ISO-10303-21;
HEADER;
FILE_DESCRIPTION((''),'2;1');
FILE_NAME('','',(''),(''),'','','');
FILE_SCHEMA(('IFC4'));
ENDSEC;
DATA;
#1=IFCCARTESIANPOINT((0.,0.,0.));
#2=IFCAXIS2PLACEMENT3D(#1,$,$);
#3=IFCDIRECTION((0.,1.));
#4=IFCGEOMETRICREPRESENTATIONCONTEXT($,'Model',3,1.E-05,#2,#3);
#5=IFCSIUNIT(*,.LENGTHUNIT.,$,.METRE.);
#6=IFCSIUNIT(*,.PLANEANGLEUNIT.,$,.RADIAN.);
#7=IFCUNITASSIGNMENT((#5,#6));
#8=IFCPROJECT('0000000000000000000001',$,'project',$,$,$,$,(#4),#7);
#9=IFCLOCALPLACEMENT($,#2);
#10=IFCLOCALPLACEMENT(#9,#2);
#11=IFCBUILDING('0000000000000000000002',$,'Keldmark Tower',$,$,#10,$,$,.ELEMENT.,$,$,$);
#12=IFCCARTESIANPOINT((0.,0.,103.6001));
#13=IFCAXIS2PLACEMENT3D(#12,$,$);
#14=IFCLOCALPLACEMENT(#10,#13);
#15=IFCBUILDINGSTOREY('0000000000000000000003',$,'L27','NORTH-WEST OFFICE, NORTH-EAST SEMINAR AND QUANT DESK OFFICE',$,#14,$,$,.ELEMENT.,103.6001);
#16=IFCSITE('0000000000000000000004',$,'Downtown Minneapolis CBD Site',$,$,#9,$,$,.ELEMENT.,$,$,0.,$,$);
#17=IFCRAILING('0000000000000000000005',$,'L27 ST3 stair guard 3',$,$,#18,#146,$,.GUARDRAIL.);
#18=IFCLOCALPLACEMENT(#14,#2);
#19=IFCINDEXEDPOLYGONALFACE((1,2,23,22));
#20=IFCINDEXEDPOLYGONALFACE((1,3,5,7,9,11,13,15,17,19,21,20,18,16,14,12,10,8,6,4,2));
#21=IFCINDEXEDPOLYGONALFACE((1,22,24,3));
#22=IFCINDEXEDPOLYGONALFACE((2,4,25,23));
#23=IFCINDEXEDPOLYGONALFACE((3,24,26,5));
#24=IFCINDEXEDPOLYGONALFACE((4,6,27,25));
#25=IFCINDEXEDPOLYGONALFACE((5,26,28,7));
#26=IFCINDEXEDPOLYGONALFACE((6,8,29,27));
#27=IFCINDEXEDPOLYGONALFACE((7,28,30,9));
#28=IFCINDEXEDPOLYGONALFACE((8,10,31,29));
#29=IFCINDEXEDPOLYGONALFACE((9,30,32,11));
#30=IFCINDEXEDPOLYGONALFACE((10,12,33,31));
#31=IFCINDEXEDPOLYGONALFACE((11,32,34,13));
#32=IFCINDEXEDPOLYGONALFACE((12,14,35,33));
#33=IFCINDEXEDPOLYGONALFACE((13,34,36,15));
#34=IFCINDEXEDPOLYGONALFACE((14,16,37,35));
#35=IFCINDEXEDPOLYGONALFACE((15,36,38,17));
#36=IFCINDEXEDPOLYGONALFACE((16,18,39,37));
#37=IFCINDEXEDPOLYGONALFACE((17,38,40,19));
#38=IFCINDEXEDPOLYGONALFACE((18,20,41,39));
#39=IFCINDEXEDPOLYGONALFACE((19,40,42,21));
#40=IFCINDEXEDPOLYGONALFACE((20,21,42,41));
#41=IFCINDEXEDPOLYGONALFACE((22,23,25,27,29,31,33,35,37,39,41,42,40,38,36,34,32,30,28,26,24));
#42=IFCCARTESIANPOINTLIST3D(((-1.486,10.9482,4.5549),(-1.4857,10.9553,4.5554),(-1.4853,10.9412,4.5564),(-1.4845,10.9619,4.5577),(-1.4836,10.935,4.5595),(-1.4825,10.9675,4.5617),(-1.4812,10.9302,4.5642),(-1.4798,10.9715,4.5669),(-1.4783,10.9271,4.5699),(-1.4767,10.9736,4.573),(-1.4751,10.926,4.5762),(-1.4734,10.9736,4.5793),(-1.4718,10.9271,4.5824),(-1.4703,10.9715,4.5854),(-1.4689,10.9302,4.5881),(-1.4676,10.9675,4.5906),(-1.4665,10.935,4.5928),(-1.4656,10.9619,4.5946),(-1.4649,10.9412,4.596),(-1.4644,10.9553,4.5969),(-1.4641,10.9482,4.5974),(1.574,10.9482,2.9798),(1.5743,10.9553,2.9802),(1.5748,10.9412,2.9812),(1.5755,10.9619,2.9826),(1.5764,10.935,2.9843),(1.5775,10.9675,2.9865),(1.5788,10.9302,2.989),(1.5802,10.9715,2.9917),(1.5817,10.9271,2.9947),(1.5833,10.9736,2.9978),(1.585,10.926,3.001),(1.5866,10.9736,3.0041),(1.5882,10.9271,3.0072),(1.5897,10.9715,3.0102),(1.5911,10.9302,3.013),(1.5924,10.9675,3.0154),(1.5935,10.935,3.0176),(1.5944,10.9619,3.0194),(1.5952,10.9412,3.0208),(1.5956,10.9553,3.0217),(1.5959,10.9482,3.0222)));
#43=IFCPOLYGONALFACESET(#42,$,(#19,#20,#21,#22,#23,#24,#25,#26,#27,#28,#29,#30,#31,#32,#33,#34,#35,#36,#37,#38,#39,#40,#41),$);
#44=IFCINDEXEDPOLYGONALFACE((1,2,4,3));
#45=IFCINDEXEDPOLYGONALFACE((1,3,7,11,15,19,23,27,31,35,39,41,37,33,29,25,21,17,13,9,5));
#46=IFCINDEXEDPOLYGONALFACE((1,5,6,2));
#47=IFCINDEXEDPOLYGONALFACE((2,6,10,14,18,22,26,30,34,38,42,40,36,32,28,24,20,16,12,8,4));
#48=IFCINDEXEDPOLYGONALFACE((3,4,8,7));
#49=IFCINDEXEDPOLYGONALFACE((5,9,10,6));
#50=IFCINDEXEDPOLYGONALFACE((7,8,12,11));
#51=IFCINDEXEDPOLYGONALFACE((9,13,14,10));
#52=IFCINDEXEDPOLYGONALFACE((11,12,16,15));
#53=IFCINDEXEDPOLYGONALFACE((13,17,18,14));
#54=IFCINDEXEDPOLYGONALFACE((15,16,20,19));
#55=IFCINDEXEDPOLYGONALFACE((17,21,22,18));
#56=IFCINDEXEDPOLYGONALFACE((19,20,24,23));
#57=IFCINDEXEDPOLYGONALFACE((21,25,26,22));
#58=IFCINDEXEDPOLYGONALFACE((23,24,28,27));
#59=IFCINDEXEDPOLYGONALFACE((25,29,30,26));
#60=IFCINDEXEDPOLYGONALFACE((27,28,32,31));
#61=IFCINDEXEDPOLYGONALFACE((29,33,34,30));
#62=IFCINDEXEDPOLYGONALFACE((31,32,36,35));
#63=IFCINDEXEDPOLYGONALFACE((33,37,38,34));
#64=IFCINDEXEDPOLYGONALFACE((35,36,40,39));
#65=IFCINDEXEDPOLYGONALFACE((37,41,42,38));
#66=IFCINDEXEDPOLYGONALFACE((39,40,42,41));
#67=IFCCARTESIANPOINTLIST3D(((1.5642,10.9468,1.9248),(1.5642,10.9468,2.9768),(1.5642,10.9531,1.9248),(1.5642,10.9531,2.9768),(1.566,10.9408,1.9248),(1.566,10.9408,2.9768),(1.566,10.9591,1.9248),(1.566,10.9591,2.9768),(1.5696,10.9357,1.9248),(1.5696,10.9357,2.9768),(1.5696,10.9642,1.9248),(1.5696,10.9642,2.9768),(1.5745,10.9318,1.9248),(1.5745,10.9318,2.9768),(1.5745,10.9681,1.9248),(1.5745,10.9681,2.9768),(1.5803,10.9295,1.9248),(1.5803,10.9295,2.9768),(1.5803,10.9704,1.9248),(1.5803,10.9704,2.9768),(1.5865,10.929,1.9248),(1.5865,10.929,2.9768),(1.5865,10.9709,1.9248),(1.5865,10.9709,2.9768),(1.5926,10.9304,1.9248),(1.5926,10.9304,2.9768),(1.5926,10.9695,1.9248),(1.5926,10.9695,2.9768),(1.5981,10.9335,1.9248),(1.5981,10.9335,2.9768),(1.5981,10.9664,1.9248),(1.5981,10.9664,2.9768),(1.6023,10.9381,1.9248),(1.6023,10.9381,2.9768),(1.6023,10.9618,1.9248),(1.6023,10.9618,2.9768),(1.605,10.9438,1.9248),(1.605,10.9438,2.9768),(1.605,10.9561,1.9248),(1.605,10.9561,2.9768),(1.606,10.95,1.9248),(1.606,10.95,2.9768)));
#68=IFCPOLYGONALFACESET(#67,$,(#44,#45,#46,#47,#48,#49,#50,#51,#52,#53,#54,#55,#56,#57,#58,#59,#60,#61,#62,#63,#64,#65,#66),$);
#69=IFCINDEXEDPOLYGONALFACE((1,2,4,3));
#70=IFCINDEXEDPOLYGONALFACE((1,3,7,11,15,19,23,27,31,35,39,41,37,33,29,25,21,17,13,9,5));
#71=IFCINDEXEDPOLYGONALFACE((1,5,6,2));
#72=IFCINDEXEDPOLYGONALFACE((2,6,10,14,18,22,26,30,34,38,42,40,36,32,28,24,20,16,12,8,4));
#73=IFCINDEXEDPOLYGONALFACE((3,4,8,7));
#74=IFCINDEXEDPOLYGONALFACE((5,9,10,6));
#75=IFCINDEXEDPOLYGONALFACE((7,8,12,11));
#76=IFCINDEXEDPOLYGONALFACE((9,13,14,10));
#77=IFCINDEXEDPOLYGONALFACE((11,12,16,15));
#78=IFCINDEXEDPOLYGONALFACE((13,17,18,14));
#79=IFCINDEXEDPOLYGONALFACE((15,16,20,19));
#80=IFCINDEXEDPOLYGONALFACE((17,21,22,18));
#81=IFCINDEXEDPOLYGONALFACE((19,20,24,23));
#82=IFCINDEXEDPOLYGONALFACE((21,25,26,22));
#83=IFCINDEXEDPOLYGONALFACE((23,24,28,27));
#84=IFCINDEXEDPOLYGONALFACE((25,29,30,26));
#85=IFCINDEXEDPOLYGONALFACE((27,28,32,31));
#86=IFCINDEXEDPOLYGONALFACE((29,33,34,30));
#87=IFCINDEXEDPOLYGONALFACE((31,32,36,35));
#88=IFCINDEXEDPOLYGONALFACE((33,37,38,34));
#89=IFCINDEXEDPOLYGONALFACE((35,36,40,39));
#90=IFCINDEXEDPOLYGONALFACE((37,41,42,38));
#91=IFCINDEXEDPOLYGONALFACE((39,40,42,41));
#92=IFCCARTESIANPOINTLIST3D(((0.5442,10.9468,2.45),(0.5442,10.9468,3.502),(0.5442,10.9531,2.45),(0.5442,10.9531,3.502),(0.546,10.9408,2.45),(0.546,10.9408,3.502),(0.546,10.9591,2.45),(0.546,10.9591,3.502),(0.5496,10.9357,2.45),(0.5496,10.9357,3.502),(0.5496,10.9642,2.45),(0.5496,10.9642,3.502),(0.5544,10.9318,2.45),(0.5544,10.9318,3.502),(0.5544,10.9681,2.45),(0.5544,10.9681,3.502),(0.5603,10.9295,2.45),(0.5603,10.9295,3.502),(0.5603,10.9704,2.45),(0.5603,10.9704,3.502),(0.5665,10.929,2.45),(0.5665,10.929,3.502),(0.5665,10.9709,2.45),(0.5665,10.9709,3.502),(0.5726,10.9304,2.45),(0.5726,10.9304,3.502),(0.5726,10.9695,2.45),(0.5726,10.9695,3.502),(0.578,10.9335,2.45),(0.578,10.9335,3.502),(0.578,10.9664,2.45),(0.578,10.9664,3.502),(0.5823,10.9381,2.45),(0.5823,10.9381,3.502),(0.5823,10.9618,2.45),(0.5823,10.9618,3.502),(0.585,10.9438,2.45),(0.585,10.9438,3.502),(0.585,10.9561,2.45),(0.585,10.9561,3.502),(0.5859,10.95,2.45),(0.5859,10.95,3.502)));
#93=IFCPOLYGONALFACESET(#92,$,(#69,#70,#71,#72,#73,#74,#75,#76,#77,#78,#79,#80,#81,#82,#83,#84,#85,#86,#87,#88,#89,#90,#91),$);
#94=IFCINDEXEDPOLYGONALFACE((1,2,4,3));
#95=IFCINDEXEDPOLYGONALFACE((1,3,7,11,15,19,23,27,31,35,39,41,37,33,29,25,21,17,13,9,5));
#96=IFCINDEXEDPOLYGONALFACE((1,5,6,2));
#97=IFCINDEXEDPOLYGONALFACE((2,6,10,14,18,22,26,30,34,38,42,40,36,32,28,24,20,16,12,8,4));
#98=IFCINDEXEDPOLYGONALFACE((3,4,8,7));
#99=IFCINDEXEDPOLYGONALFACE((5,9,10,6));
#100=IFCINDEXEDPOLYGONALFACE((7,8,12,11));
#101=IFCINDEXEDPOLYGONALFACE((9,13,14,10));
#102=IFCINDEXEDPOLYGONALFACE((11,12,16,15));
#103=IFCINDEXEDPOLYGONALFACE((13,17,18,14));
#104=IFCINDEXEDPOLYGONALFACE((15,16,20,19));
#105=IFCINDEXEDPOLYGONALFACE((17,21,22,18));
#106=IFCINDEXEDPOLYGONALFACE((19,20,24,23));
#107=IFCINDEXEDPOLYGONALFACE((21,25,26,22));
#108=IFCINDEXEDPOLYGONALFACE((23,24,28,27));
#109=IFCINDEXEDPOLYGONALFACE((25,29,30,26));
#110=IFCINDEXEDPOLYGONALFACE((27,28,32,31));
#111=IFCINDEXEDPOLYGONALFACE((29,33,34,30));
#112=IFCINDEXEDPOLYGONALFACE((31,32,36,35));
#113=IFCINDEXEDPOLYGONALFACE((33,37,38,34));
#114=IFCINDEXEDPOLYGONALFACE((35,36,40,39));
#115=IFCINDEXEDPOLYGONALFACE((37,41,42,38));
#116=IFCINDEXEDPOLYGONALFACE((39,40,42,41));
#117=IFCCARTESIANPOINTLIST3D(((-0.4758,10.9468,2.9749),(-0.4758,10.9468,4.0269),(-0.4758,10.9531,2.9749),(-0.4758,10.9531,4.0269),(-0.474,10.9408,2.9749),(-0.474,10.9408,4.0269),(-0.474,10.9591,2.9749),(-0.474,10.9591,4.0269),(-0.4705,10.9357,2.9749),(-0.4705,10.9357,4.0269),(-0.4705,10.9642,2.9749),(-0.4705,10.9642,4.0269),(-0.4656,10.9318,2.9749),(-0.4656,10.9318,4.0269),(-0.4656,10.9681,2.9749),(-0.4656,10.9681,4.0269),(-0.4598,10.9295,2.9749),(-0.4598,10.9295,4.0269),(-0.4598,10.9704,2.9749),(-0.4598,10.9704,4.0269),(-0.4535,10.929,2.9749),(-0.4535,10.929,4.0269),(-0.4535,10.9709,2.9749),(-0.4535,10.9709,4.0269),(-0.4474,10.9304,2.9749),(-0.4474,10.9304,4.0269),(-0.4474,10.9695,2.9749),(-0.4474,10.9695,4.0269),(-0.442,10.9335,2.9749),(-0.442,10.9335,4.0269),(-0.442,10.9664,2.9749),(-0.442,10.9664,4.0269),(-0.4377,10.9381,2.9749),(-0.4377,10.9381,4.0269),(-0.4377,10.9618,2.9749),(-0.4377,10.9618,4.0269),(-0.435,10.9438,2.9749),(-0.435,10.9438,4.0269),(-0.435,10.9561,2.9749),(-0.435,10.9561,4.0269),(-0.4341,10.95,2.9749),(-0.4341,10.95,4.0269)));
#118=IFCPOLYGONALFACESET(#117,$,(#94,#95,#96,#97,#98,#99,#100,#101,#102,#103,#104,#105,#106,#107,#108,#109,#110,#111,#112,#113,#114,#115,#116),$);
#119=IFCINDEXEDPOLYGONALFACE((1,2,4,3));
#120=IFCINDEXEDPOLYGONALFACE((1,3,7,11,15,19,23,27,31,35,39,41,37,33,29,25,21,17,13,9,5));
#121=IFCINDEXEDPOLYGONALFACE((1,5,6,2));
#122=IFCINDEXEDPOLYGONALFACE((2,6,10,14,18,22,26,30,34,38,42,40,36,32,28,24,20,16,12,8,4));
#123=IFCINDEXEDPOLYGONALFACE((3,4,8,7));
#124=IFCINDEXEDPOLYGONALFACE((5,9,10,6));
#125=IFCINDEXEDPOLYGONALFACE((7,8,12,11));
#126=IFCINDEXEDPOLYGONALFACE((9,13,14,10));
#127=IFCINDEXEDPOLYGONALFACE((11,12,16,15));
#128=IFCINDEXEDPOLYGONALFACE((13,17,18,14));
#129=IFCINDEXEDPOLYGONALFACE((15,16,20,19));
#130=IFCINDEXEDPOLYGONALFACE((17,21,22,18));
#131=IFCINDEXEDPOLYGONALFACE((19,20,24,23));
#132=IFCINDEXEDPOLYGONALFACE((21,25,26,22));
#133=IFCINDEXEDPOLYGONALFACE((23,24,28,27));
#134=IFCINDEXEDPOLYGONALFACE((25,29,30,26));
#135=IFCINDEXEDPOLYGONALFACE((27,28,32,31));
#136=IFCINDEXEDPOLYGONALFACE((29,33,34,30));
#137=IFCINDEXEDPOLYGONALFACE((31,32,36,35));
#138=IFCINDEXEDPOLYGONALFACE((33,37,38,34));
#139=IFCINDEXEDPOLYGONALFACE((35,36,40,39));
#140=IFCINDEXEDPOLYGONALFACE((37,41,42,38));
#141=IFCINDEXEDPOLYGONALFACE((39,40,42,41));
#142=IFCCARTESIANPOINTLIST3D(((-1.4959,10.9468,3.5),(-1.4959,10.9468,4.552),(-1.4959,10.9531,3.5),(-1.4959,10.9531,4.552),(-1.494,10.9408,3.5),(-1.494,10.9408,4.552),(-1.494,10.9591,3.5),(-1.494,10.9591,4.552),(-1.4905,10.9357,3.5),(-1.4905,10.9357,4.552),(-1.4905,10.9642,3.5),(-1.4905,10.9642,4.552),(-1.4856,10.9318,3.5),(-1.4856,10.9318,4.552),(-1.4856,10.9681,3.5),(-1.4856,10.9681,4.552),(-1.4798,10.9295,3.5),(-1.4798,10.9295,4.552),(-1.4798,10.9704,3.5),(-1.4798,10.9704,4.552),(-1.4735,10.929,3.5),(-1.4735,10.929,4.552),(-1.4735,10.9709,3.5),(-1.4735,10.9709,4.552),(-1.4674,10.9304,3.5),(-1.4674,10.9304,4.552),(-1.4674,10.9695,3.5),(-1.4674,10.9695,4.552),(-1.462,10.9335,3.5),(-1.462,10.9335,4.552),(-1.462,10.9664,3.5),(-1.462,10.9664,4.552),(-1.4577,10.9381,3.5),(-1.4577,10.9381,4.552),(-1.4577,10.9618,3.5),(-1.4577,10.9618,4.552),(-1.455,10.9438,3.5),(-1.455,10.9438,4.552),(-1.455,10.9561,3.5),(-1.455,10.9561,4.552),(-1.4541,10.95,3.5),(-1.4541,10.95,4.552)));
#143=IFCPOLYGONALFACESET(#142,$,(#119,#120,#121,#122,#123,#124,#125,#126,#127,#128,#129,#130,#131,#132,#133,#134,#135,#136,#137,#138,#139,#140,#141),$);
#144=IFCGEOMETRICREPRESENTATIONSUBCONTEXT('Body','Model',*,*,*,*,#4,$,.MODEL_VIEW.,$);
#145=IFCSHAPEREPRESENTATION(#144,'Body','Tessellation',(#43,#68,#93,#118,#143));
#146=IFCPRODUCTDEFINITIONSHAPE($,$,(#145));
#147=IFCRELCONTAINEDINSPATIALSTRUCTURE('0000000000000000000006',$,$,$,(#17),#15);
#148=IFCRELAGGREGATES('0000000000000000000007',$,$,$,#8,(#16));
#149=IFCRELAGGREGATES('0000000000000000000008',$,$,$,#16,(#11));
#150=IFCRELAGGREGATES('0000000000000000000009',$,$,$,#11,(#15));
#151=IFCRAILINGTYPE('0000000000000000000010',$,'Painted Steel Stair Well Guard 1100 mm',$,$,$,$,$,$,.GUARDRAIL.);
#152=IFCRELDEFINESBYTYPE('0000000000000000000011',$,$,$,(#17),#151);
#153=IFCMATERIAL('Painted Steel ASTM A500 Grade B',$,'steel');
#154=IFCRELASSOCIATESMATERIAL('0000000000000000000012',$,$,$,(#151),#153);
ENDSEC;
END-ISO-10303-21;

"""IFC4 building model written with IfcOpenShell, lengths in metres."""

from ifc_helpers import new_model, si_unit, direction, frame, origin, origin_2d, place, context, subcontext, project, spatial, circle, extrude, material, type_object, element, save


model = new_model("IFC4")

# Units and contexts
model_context = context("Model", 3, precision=1e-05, world=origin(), true_north=direction((0.0, 1.0)))
body_context = subcontext(model_context, "Body", "Model", "MODEL_VIEW")
ifc_project = project(units=[si_unit("LENGTHUNIT", "METRE"), si_unit("PLANEANGLEUNIT", "RADIAN")], contexts=[model_context])

# Site, building, storey
site_placement = place(None, origin())
site = spatial("IfcSite", under=ifc_project, at=site_placement, Name="Downtown Minneapolis CBD Site", CompositionType="ELEMENT", RefElevation=0.0)
building_placement = place(site_placement, origin())
building = spatial("IfcBuilding", under=site, at=building_placement, Name="Keldmark Tower", CompositionType="ELEMENT")
storey_placement = place(building_placement, frame((0.0, 0.0, 103.6001)))
storey = spatial("IfcBuildingStorey", under=building, at=storey_placement, Name="L27", Description="NORTH-WEST OFFICE, NORTH-EAST SEMINAR AND QUANT DESK OFFICE", CompositionType="ELEMENT", Elevation=103.6001)

# Railing
ifc_material_1 = material(Name="Painted Steel ASTM A500 Grade B", Category="steel")
railing_type_1 = type_object("IfcRailingType", Name="Painted Steel Stair Well Guard 1100 mm", PredefinedType="GUARDRAIL", material=ifc_material_1)
railing_1_placement = place(storey_placement, frame((1.585, 10.95, 1.9248)))
element("IfcRailing", 1, at=railing_1_placement, inside=storey, type_object=railing_type_1, Name="L27 ST3 stair guard 3", PredefinedType="GUARDRAIL", context=body_context, shape_type="SweptSolid", body=[
    extrude(circle(Radius=0.0239, at=origin_2d()), frame((0.0, 0.0, 1.0762), z_axis=(-0.889116, 0.0, 0.457681), x_axis=(0.0, -1.0, 0.0)), (0.0, 0.0, 1.0), 3.4417),
    extrude(circle(Radius=0.021, at=origin_2d()), origin(), (0.0, 0.0, 1.0), 1.052),
    extrude(circle(Radius=0.021, at=origin_2d()), frame((-1.02, 0.0, 0.5251)), (0.0, 0.0, 1.0), 1.052),
    extrude(circle(Radius=0.021, at=origin_2d()), frame((-2.04, 0.0, 1.05)), (0.0, 0.0, 1.0), 1.052),
    extrude(circle(Radius=0.021, at=origin_2d()), frame((-3.0601, 0.0, 1.5752)), (0.0, 0.0, 1.0), 1.052),
])

save(model, "model.ifc")
